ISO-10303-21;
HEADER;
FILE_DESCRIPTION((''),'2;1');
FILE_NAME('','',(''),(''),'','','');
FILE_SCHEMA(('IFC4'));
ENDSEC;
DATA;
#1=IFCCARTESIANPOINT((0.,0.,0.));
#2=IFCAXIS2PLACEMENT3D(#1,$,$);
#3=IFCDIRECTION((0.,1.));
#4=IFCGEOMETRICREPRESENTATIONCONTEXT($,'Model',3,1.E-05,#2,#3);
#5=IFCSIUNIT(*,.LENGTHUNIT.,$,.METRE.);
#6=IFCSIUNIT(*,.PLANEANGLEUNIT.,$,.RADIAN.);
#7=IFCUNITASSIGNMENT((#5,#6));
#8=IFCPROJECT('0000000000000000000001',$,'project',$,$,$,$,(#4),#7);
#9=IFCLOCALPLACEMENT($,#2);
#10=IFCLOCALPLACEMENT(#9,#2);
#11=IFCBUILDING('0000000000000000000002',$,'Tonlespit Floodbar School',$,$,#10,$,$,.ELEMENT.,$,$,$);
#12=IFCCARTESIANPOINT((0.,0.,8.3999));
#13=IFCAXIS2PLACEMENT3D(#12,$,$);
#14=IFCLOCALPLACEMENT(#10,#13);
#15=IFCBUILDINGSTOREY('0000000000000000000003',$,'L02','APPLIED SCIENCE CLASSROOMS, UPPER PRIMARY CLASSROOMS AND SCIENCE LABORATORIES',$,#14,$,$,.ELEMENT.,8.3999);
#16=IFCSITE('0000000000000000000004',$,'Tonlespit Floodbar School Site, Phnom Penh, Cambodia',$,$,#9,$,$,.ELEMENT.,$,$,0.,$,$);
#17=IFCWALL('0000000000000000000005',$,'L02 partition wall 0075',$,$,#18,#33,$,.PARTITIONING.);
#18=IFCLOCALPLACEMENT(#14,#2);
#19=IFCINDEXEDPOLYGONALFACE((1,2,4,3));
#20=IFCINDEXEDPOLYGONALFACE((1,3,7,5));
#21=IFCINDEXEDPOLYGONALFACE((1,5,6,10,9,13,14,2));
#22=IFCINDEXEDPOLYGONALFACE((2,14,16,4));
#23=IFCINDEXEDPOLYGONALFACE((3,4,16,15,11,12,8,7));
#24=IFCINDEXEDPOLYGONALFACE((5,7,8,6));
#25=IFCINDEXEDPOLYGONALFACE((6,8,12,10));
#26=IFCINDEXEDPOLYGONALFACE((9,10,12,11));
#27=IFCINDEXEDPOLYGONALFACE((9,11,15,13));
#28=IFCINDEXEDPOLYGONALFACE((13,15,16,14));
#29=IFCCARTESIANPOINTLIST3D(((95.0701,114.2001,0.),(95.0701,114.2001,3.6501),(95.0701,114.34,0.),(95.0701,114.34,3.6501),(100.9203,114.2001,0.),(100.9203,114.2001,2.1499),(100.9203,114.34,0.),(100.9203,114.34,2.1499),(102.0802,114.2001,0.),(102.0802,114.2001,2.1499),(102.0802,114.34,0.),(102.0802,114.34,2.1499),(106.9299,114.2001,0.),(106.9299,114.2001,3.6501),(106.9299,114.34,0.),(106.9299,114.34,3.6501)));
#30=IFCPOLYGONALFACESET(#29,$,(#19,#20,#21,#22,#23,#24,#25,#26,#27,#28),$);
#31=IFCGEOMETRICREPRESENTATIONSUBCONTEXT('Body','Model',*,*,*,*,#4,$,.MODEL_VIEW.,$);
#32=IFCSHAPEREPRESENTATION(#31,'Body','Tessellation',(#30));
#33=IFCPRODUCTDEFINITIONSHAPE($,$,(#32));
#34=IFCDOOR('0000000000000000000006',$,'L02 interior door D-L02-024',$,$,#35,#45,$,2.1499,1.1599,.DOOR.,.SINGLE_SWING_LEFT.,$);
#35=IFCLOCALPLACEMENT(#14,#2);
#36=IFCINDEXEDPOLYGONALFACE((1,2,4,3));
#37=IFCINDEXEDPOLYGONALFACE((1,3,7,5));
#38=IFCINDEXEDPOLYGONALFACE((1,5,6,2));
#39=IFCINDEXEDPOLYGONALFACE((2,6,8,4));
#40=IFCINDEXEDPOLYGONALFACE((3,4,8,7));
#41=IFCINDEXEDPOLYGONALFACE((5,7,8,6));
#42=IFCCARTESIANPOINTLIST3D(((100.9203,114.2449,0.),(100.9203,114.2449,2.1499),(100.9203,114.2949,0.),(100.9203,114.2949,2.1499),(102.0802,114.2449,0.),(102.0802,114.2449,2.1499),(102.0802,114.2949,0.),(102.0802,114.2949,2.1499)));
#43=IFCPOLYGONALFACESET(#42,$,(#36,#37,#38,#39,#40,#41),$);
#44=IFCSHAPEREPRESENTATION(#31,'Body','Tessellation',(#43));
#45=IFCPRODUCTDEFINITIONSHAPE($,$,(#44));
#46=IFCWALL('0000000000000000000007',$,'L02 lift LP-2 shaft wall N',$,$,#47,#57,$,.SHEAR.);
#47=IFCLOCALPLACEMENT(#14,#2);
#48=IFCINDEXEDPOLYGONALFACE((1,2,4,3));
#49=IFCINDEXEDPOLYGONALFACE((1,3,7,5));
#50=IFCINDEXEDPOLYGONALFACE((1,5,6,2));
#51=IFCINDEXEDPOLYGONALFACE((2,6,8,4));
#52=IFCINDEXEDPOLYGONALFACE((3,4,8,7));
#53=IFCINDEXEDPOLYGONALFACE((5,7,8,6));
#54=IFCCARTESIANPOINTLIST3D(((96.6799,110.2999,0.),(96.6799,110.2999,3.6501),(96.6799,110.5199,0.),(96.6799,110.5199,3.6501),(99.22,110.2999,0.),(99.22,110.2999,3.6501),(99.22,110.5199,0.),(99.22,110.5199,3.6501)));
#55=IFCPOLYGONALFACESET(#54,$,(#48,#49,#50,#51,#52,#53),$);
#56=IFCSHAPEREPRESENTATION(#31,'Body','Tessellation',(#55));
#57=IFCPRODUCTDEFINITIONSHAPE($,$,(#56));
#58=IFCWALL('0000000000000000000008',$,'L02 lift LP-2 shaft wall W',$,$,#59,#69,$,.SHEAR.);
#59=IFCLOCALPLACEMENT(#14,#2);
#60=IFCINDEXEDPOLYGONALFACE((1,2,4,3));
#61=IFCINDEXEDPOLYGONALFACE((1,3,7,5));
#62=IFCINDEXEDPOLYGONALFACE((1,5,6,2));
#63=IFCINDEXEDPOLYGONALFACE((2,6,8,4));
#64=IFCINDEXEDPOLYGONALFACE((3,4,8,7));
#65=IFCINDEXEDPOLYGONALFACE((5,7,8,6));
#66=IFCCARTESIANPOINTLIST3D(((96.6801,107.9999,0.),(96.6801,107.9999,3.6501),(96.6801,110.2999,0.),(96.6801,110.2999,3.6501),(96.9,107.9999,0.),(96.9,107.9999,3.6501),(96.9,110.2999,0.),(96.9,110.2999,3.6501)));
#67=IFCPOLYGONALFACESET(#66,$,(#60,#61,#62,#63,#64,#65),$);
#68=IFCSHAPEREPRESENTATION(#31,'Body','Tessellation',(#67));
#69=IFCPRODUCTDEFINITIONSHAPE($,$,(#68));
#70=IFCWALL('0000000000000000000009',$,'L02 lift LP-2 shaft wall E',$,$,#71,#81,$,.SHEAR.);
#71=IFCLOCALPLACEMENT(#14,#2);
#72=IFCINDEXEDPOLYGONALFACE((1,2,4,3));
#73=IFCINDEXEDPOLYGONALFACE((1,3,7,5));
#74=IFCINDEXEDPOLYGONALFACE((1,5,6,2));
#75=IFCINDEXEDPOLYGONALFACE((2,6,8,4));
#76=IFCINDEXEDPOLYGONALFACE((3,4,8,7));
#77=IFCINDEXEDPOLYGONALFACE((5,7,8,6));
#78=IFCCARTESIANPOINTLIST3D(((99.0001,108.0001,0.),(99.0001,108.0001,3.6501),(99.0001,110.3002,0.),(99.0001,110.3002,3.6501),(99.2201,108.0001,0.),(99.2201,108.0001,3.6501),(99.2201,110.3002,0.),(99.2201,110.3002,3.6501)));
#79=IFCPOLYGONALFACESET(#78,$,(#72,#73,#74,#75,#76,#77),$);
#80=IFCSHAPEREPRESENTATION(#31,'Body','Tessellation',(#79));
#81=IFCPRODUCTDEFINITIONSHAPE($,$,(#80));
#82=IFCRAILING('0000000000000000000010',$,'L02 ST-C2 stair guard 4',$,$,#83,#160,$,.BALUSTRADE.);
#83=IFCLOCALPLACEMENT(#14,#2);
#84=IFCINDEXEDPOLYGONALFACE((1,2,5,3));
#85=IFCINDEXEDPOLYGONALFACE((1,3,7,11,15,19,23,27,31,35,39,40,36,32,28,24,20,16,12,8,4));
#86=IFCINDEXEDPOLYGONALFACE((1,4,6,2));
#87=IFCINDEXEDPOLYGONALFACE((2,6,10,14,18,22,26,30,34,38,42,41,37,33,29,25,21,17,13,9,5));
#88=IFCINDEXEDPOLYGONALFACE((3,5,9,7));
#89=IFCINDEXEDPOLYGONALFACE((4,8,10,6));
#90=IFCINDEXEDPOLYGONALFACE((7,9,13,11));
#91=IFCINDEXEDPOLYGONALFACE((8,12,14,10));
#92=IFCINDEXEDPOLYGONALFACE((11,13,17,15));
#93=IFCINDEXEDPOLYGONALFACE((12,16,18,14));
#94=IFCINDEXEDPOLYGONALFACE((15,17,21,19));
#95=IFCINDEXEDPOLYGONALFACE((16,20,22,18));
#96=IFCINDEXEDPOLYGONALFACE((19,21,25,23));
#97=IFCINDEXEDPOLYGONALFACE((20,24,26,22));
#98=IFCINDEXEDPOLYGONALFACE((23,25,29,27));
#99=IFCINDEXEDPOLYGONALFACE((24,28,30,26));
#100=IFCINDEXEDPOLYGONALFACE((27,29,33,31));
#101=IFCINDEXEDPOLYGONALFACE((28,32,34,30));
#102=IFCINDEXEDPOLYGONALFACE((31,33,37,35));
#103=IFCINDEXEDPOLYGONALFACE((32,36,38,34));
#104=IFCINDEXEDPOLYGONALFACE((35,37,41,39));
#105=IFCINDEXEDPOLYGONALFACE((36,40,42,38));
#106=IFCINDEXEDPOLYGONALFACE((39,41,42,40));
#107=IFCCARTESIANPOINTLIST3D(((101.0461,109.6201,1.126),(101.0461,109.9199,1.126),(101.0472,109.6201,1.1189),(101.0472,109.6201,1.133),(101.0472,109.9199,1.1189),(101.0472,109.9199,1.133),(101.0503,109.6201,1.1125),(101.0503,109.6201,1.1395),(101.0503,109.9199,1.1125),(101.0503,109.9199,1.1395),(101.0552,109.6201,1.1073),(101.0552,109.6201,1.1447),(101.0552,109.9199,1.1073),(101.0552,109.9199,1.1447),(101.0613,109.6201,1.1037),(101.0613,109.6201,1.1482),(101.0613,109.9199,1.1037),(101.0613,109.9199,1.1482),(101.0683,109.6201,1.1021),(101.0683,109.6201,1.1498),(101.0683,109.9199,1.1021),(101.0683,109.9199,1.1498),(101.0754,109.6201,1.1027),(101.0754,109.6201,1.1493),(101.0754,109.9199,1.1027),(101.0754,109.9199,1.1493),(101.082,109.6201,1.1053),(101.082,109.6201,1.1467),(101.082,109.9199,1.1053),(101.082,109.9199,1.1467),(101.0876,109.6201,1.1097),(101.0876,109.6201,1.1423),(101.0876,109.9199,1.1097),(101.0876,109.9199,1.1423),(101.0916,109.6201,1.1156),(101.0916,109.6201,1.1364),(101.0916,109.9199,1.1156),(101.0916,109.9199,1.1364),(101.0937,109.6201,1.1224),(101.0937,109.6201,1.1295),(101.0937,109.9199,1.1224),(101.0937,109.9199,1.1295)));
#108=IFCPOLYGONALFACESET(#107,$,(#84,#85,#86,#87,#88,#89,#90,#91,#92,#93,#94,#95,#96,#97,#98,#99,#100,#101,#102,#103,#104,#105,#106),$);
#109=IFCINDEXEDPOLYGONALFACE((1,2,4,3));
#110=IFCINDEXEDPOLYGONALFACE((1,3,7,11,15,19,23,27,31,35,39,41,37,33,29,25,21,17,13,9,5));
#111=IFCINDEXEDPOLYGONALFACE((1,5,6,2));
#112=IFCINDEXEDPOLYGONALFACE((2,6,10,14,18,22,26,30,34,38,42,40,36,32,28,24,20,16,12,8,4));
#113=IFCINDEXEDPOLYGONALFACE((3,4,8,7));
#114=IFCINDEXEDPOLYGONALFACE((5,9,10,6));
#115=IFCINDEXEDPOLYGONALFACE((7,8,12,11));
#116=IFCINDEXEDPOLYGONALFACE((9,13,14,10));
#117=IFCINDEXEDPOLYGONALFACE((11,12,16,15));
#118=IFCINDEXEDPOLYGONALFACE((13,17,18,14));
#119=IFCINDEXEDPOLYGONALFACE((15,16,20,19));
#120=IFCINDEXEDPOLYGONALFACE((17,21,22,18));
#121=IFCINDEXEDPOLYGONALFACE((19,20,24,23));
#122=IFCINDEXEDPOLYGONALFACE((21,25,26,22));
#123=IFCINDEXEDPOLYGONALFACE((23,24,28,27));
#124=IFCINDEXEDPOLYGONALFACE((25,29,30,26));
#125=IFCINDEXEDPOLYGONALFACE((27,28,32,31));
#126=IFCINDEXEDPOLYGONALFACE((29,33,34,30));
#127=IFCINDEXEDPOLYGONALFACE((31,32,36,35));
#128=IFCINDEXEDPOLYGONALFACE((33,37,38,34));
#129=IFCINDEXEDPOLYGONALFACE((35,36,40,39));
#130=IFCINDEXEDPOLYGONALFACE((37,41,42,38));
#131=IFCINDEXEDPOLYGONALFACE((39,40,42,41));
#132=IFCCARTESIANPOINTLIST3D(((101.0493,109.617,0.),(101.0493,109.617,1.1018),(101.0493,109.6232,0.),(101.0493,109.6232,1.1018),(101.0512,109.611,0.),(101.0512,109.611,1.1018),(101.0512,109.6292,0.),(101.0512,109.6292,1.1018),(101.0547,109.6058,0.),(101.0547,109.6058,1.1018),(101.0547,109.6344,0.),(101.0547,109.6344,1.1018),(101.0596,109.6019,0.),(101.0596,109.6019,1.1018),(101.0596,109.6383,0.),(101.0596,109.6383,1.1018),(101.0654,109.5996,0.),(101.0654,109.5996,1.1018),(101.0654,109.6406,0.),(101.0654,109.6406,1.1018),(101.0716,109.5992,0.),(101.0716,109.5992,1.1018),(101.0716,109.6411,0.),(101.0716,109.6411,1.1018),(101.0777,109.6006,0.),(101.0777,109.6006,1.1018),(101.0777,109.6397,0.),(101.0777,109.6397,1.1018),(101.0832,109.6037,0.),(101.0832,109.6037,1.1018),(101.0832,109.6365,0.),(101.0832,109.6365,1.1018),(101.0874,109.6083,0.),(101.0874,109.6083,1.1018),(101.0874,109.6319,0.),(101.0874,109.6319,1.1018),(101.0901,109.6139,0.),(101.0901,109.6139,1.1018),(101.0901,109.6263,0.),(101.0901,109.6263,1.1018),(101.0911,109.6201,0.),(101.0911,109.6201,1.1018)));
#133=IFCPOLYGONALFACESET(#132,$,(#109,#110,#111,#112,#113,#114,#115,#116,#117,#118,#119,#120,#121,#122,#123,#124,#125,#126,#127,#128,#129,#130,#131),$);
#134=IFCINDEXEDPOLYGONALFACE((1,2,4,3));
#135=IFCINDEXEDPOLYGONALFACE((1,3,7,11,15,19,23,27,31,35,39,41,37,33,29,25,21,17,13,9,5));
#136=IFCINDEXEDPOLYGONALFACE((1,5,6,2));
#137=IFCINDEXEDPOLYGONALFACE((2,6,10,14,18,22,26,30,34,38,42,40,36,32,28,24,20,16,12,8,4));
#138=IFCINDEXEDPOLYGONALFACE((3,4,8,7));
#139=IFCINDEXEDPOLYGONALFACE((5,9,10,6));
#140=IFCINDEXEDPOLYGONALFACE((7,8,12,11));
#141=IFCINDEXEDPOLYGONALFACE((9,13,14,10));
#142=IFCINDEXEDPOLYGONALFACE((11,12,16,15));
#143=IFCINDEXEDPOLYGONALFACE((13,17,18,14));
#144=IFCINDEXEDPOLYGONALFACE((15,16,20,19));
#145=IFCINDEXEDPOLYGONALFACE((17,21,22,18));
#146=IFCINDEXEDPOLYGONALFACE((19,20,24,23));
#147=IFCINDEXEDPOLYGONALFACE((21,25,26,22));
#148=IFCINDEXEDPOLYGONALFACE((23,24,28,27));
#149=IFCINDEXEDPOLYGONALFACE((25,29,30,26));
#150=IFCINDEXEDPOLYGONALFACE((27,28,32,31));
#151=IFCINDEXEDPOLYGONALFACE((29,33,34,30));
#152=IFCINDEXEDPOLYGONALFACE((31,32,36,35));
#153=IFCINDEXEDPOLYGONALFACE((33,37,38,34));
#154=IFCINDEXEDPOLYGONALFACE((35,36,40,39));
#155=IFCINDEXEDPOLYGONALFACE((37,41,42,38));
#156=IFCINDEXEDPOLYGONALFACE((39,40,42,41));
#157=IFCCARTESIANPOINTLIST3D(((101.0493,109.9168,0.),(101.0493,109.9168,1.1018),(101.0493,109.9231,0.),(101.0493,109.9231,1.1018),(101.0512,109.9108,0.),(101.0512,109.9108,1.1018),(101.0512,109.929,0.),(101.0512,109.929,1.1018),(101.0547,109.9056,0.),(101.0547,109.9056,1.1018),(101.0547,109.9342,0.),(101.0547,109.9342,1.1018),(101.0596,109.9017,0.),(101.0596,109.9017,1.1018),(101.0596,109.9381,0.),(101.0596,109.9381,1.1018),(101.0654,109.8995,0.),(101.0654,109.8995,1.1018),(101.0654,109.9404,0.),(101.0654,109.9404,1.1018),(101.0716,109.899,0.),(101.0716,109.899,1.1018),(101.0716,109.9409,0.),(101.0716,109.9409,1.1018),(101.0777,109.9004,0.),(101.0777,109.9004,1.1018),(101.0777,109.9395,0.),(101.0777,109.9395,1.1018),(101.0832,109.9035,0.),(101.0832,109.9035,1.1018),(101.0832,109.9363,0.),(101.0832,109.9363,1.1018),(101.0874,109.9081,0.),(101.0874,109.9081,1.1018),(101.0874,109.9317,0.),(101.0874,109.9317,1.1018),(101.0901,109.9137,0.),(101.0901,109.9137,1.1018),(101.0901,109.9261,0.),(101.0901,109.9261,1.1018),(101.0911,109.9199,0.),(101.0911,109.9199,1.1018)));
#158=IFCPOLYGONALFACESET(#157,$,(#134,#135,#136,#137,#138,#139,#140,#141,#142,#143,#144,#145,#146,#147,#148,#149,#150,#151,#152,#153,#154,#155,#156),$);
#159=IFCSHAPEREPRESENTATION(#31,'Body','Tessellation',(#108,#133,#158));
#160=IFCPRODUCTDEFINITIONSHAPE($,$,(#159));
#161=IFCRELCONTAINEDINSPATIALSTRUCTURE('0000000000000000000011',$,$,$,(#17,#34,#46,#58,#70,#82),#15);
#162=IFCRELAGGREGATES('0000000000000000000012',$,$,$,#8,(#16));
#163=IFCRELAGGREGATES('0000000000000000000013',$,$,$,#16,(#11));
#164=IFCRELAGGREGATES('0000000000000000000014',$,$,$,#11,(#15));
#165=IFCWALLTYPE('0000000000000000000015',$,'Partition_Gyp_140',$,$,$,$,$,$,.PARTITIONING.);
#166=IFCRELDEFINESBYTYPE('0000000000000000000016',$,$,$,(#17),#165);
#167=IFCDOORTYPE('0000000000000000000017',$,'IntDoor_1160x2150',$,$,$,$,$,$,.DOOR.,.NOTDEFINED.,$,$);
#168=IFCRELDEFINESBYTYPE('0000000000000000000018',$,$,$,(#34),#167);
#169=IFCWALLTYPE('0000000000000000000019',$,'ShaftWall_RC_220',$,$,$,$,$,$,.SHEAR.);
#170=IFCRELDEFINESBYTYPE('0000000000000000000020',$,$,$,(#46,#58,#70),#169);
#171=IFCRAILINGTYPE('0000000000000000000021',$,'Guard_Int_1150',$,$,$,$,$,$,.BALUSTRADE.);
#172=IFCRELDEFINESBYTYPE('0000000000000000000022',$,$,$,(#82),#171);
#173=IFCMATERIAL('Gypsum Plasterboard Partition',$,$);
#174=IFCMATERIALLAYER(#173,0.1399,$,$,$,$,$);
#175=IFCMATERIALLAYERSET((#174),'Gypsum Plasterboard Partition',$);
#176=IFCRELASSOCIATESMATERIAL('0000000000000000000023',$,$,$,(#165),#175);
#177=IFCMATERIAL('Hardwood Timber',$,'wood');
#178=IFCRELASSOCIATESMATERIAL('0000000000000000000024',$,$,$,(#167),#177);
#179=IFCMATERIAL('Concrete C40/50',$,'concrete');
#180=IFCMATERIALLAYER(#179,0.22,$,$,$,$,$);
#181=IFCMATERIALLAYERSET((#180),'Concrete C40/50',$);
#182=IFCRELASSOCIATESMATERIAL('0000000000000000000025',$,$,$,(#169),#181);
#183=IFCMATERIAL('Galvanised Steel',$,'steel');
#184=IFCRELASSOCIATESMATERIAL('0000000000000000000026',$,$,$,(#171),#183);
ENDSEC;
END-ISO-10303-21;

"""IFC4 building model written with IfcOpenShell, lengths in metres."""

from ifc_helpers import new_model, si_unit, direction, frame, frame_2d, origin, origin_2d, place, context, subcontext, project, spatial, rectangle, circle, extrude, material, layer, layer_set, type_object, element, fill, save


model = new_model("IFC4")

# Units and contexts
model_context = context("Model", 3, precision=1e-05, world=origin(), true_north=direction((0.0, 1.0)))
body_context = subcontext(model_context, "Body", "Model", "MODEL_VIEW")
ifc_project = project(units=[si_unit("LENGTHUNIT", "METRE"), si_unit("PLANEANGLEUNIT", "RADIAN")], contexts=[model_context])

# Site, building, storey
site_placement = place(None, origin())
site = spatial("IfcSite", under=ifc_project, at=site_placement, Name="Tonlespit Floodbar School Site, Phnom Penh, Cambodia", CompositionType="ELEMENT", RefElevation=0.0)
building_placement = place(site_placement, origin())
building = spatial("IfcBuilding", under=site, at=building_placement, Name="Tonlespit Floodbar School", CompositionType="ELEMENT")
storey_placement = place(building_placement, frame((0.0, 0.0, 8.3999)))
storey = spatial("IfcBuildingStorey", under=building, at=storey_placement, Name="L02", Description="APPLIED SCIENCE CLASSROOMS, UPPER PRIMARY CLASSROOMS AND SCIENCE LABORATORIES", CompositionType="ELEMENT", Elevation=8.3999)

# Shared definitions
ifc_material_1 = material(Name="Concrete C40/50", Category="concrete")

# Shared definitions
ifc_material_2 = material(Name="Galvanised Steel", Category="steel")

# Shared definitions
ifc_material_3 = material(Name="Gypsum Plasterboard Partition")

# Wall, opening, door
ifc_layer_1 = layer(ifc_material_3, 0.1399)
ifc_layer_set_1 = layer_set([ifc_layer_1], Name="Gypsum Plasterboard Partition")
wall_type_1 = type_object("IfcWallType", Name="Partition_Gyp_140", PredefinedType="PARTITIONING", material=ifc_layer_set_1)
wall_1_placement = place(storey_placement, frame((95.0701, 114.27, 0.0), z_axis=(0.0, 0.0, 1.0), x_axis=(1.0, 0.0, 0.0)))
wall_1 = element("IfcWall", 1, at=wall_1_placement, inside=storey, type_object=wall_type_1, Name="L02 partition wall 0075", PredefinedType="PARTITIONING", context=body_context, shape_type="SweptSolid", body=[
    extrude(rectangle(XDim=11.8599, YDim=0.1399, at=frame_2d((5.9299, 0.0))), origin(), (0.0, 0.0, 1.0), 3.6501),
])
opening_1_placement = place(wall_1_placement, frame((5.8501, 0.0, 0.0)))
opening_1 = element("IfcOpeningElement", 2, at=opening_1_placement, cuts=wall_1, PredefinedType="OPENING", context=body_context, shape_type="SweptSolid", body=[
    extrude(rectangle(XDim=1.1599, YDim=2.1499, at=frame_2d((0.5801, 1.075))), frame((0.0, 0.0798, 0.0), z_axis=(0.0, -1.0, 0.0), x_axis=(1.0, 0.0, 0.0)), (0.0, 0.0, 1.0), 0.1599),
])
ifc_material_4 = material(Name="Hardwood Timber", Category="wood")
door_type_1 = type_object("IfcDoorType", Name="IntDoor_1160x2150", OperationType="NOTDEFINED", PredefinedType="DOOR", material=ifc_material_4)
door_1_placement = place(opening_1_placement, origin())
door_1 = element("IfcDoor", 3, at=door_1_placement, inside=storey, type_object=door_type_1, Name="L02 interior door D-L02-024", OperationType="SINGLE_SWING_LEFT", OverallHeight=2.1499, OverallWidth=1.1599, PredefinedType="DOOR", context=body_context, shape_type="SweptSolid", body=[
    extrude(rectangle(XDim=1.1599, YDim=2.1499, at=frame_2d((0.5801, 1.075))), frame((0.0, 0.0249, 0.0), z_axis=(0.0, -1.0, 0.0), x_axis=(1.0, 0.0, 0.0)), (0.0, 0.0, 1.0), 0.05),
])
fill(opening_1, door_1)
ifc_layer_2 = layer(ifc_material_1, 0.22)
ifc_layer_set_2 = layer_set([ifc_layer_2], Name="Concrete C40/50")
wall_type_2 = type_object("IfcWallType", Name="ShaftWall_RC_220", PredefinedType="SHEAR", material=ifc_layer_set_2)

# Walls
wall_2_placement = place(storey_placement, frame((96.6799, 110.4099, 0.0), z_axis=(0.0, 0.0, 1.0), x_axis=(1.0, 0.0, 0.0)))
element("IfcWall", 4, at=wall_2_placement, inside=storey, type_object=wall_type_2, Name="L02 lift LP-2 shaft wall N", PredefinedType="SHEAR", context=body_context, shape_type="SweptSolid", body=[
    extrude(rectangle(XDim=2.54, YDim=0.22, at=frame_2d((1.27, 0.0))), origin(), (0.0, 0.0, 1.0), 3.6501),
])
for number, where, z_axis, x_axis, name in (
    (5, (96.79, 108.0, 0.0), (0.0, 0.0, 1.0), (0.0, 1.0, 0.0), "L02 lift LP-2 shaft wall W"),
    (6, (99.1101, 110.3, 0.0), (0.0, 0.0, 1.0), (0.0, -1.0, 0.0), "L02 lift LP-2 shaft wall E"),
):
    element("IfcWall", number, at=place(storey_placement, frame(where, z_axis=z_axis, x_axis=x_axis)), inside=storey, type_object=wall_type_2, Name=name, PredefinedType="SHEAR", context=body_context, shape_type="SweptSolid", body=[
        extrude(rectangle(XDim=2.3, YDim=0.22, at=frame_2d((1.1499, 0.0))), origin(), (0.0, 0.0, 1.0), 3.6501),
    ])

# Railing
railing_type_1 = type_object("IfcRailingType", Name="Guard_Int_1150", PredefinedType="BALUSTRADE", material=ifc_material_2)
railing_1_placement = place(storey_placement, frame((101.0701, 109.6201, 0.0)))
element("IfcRailing", 7, at=railing_1_placement, inside=storey, type_object=railing_type_1, Name="L02 ST-C2 stair guard 4", PredefinedType="BALUSTRADE", context=body_context, shape_type="SweptSolid", body=[
    extrude(circle(Radius=0.0239, at=origin_2d()), frame((0.0, 0.0, 1.126), z_axis=(0.0, 1.0, 0.0), x_axis=(-1.0, 0.0, 0.0)), (0.0, 0.0, 1.0), 0.2998),
    extrude(circle(Radius=0.021, at=origin_2d()), origin(), (0.0, 0.0, 1.0), 1.1018),
    extrude(circle(Radius=0.021, at=origin_2d()), frame((0.0, 0.2998, 0.0)), (0.0, 0.0, 1.0), 1.1018),
])

save(model, "model.ifc")
